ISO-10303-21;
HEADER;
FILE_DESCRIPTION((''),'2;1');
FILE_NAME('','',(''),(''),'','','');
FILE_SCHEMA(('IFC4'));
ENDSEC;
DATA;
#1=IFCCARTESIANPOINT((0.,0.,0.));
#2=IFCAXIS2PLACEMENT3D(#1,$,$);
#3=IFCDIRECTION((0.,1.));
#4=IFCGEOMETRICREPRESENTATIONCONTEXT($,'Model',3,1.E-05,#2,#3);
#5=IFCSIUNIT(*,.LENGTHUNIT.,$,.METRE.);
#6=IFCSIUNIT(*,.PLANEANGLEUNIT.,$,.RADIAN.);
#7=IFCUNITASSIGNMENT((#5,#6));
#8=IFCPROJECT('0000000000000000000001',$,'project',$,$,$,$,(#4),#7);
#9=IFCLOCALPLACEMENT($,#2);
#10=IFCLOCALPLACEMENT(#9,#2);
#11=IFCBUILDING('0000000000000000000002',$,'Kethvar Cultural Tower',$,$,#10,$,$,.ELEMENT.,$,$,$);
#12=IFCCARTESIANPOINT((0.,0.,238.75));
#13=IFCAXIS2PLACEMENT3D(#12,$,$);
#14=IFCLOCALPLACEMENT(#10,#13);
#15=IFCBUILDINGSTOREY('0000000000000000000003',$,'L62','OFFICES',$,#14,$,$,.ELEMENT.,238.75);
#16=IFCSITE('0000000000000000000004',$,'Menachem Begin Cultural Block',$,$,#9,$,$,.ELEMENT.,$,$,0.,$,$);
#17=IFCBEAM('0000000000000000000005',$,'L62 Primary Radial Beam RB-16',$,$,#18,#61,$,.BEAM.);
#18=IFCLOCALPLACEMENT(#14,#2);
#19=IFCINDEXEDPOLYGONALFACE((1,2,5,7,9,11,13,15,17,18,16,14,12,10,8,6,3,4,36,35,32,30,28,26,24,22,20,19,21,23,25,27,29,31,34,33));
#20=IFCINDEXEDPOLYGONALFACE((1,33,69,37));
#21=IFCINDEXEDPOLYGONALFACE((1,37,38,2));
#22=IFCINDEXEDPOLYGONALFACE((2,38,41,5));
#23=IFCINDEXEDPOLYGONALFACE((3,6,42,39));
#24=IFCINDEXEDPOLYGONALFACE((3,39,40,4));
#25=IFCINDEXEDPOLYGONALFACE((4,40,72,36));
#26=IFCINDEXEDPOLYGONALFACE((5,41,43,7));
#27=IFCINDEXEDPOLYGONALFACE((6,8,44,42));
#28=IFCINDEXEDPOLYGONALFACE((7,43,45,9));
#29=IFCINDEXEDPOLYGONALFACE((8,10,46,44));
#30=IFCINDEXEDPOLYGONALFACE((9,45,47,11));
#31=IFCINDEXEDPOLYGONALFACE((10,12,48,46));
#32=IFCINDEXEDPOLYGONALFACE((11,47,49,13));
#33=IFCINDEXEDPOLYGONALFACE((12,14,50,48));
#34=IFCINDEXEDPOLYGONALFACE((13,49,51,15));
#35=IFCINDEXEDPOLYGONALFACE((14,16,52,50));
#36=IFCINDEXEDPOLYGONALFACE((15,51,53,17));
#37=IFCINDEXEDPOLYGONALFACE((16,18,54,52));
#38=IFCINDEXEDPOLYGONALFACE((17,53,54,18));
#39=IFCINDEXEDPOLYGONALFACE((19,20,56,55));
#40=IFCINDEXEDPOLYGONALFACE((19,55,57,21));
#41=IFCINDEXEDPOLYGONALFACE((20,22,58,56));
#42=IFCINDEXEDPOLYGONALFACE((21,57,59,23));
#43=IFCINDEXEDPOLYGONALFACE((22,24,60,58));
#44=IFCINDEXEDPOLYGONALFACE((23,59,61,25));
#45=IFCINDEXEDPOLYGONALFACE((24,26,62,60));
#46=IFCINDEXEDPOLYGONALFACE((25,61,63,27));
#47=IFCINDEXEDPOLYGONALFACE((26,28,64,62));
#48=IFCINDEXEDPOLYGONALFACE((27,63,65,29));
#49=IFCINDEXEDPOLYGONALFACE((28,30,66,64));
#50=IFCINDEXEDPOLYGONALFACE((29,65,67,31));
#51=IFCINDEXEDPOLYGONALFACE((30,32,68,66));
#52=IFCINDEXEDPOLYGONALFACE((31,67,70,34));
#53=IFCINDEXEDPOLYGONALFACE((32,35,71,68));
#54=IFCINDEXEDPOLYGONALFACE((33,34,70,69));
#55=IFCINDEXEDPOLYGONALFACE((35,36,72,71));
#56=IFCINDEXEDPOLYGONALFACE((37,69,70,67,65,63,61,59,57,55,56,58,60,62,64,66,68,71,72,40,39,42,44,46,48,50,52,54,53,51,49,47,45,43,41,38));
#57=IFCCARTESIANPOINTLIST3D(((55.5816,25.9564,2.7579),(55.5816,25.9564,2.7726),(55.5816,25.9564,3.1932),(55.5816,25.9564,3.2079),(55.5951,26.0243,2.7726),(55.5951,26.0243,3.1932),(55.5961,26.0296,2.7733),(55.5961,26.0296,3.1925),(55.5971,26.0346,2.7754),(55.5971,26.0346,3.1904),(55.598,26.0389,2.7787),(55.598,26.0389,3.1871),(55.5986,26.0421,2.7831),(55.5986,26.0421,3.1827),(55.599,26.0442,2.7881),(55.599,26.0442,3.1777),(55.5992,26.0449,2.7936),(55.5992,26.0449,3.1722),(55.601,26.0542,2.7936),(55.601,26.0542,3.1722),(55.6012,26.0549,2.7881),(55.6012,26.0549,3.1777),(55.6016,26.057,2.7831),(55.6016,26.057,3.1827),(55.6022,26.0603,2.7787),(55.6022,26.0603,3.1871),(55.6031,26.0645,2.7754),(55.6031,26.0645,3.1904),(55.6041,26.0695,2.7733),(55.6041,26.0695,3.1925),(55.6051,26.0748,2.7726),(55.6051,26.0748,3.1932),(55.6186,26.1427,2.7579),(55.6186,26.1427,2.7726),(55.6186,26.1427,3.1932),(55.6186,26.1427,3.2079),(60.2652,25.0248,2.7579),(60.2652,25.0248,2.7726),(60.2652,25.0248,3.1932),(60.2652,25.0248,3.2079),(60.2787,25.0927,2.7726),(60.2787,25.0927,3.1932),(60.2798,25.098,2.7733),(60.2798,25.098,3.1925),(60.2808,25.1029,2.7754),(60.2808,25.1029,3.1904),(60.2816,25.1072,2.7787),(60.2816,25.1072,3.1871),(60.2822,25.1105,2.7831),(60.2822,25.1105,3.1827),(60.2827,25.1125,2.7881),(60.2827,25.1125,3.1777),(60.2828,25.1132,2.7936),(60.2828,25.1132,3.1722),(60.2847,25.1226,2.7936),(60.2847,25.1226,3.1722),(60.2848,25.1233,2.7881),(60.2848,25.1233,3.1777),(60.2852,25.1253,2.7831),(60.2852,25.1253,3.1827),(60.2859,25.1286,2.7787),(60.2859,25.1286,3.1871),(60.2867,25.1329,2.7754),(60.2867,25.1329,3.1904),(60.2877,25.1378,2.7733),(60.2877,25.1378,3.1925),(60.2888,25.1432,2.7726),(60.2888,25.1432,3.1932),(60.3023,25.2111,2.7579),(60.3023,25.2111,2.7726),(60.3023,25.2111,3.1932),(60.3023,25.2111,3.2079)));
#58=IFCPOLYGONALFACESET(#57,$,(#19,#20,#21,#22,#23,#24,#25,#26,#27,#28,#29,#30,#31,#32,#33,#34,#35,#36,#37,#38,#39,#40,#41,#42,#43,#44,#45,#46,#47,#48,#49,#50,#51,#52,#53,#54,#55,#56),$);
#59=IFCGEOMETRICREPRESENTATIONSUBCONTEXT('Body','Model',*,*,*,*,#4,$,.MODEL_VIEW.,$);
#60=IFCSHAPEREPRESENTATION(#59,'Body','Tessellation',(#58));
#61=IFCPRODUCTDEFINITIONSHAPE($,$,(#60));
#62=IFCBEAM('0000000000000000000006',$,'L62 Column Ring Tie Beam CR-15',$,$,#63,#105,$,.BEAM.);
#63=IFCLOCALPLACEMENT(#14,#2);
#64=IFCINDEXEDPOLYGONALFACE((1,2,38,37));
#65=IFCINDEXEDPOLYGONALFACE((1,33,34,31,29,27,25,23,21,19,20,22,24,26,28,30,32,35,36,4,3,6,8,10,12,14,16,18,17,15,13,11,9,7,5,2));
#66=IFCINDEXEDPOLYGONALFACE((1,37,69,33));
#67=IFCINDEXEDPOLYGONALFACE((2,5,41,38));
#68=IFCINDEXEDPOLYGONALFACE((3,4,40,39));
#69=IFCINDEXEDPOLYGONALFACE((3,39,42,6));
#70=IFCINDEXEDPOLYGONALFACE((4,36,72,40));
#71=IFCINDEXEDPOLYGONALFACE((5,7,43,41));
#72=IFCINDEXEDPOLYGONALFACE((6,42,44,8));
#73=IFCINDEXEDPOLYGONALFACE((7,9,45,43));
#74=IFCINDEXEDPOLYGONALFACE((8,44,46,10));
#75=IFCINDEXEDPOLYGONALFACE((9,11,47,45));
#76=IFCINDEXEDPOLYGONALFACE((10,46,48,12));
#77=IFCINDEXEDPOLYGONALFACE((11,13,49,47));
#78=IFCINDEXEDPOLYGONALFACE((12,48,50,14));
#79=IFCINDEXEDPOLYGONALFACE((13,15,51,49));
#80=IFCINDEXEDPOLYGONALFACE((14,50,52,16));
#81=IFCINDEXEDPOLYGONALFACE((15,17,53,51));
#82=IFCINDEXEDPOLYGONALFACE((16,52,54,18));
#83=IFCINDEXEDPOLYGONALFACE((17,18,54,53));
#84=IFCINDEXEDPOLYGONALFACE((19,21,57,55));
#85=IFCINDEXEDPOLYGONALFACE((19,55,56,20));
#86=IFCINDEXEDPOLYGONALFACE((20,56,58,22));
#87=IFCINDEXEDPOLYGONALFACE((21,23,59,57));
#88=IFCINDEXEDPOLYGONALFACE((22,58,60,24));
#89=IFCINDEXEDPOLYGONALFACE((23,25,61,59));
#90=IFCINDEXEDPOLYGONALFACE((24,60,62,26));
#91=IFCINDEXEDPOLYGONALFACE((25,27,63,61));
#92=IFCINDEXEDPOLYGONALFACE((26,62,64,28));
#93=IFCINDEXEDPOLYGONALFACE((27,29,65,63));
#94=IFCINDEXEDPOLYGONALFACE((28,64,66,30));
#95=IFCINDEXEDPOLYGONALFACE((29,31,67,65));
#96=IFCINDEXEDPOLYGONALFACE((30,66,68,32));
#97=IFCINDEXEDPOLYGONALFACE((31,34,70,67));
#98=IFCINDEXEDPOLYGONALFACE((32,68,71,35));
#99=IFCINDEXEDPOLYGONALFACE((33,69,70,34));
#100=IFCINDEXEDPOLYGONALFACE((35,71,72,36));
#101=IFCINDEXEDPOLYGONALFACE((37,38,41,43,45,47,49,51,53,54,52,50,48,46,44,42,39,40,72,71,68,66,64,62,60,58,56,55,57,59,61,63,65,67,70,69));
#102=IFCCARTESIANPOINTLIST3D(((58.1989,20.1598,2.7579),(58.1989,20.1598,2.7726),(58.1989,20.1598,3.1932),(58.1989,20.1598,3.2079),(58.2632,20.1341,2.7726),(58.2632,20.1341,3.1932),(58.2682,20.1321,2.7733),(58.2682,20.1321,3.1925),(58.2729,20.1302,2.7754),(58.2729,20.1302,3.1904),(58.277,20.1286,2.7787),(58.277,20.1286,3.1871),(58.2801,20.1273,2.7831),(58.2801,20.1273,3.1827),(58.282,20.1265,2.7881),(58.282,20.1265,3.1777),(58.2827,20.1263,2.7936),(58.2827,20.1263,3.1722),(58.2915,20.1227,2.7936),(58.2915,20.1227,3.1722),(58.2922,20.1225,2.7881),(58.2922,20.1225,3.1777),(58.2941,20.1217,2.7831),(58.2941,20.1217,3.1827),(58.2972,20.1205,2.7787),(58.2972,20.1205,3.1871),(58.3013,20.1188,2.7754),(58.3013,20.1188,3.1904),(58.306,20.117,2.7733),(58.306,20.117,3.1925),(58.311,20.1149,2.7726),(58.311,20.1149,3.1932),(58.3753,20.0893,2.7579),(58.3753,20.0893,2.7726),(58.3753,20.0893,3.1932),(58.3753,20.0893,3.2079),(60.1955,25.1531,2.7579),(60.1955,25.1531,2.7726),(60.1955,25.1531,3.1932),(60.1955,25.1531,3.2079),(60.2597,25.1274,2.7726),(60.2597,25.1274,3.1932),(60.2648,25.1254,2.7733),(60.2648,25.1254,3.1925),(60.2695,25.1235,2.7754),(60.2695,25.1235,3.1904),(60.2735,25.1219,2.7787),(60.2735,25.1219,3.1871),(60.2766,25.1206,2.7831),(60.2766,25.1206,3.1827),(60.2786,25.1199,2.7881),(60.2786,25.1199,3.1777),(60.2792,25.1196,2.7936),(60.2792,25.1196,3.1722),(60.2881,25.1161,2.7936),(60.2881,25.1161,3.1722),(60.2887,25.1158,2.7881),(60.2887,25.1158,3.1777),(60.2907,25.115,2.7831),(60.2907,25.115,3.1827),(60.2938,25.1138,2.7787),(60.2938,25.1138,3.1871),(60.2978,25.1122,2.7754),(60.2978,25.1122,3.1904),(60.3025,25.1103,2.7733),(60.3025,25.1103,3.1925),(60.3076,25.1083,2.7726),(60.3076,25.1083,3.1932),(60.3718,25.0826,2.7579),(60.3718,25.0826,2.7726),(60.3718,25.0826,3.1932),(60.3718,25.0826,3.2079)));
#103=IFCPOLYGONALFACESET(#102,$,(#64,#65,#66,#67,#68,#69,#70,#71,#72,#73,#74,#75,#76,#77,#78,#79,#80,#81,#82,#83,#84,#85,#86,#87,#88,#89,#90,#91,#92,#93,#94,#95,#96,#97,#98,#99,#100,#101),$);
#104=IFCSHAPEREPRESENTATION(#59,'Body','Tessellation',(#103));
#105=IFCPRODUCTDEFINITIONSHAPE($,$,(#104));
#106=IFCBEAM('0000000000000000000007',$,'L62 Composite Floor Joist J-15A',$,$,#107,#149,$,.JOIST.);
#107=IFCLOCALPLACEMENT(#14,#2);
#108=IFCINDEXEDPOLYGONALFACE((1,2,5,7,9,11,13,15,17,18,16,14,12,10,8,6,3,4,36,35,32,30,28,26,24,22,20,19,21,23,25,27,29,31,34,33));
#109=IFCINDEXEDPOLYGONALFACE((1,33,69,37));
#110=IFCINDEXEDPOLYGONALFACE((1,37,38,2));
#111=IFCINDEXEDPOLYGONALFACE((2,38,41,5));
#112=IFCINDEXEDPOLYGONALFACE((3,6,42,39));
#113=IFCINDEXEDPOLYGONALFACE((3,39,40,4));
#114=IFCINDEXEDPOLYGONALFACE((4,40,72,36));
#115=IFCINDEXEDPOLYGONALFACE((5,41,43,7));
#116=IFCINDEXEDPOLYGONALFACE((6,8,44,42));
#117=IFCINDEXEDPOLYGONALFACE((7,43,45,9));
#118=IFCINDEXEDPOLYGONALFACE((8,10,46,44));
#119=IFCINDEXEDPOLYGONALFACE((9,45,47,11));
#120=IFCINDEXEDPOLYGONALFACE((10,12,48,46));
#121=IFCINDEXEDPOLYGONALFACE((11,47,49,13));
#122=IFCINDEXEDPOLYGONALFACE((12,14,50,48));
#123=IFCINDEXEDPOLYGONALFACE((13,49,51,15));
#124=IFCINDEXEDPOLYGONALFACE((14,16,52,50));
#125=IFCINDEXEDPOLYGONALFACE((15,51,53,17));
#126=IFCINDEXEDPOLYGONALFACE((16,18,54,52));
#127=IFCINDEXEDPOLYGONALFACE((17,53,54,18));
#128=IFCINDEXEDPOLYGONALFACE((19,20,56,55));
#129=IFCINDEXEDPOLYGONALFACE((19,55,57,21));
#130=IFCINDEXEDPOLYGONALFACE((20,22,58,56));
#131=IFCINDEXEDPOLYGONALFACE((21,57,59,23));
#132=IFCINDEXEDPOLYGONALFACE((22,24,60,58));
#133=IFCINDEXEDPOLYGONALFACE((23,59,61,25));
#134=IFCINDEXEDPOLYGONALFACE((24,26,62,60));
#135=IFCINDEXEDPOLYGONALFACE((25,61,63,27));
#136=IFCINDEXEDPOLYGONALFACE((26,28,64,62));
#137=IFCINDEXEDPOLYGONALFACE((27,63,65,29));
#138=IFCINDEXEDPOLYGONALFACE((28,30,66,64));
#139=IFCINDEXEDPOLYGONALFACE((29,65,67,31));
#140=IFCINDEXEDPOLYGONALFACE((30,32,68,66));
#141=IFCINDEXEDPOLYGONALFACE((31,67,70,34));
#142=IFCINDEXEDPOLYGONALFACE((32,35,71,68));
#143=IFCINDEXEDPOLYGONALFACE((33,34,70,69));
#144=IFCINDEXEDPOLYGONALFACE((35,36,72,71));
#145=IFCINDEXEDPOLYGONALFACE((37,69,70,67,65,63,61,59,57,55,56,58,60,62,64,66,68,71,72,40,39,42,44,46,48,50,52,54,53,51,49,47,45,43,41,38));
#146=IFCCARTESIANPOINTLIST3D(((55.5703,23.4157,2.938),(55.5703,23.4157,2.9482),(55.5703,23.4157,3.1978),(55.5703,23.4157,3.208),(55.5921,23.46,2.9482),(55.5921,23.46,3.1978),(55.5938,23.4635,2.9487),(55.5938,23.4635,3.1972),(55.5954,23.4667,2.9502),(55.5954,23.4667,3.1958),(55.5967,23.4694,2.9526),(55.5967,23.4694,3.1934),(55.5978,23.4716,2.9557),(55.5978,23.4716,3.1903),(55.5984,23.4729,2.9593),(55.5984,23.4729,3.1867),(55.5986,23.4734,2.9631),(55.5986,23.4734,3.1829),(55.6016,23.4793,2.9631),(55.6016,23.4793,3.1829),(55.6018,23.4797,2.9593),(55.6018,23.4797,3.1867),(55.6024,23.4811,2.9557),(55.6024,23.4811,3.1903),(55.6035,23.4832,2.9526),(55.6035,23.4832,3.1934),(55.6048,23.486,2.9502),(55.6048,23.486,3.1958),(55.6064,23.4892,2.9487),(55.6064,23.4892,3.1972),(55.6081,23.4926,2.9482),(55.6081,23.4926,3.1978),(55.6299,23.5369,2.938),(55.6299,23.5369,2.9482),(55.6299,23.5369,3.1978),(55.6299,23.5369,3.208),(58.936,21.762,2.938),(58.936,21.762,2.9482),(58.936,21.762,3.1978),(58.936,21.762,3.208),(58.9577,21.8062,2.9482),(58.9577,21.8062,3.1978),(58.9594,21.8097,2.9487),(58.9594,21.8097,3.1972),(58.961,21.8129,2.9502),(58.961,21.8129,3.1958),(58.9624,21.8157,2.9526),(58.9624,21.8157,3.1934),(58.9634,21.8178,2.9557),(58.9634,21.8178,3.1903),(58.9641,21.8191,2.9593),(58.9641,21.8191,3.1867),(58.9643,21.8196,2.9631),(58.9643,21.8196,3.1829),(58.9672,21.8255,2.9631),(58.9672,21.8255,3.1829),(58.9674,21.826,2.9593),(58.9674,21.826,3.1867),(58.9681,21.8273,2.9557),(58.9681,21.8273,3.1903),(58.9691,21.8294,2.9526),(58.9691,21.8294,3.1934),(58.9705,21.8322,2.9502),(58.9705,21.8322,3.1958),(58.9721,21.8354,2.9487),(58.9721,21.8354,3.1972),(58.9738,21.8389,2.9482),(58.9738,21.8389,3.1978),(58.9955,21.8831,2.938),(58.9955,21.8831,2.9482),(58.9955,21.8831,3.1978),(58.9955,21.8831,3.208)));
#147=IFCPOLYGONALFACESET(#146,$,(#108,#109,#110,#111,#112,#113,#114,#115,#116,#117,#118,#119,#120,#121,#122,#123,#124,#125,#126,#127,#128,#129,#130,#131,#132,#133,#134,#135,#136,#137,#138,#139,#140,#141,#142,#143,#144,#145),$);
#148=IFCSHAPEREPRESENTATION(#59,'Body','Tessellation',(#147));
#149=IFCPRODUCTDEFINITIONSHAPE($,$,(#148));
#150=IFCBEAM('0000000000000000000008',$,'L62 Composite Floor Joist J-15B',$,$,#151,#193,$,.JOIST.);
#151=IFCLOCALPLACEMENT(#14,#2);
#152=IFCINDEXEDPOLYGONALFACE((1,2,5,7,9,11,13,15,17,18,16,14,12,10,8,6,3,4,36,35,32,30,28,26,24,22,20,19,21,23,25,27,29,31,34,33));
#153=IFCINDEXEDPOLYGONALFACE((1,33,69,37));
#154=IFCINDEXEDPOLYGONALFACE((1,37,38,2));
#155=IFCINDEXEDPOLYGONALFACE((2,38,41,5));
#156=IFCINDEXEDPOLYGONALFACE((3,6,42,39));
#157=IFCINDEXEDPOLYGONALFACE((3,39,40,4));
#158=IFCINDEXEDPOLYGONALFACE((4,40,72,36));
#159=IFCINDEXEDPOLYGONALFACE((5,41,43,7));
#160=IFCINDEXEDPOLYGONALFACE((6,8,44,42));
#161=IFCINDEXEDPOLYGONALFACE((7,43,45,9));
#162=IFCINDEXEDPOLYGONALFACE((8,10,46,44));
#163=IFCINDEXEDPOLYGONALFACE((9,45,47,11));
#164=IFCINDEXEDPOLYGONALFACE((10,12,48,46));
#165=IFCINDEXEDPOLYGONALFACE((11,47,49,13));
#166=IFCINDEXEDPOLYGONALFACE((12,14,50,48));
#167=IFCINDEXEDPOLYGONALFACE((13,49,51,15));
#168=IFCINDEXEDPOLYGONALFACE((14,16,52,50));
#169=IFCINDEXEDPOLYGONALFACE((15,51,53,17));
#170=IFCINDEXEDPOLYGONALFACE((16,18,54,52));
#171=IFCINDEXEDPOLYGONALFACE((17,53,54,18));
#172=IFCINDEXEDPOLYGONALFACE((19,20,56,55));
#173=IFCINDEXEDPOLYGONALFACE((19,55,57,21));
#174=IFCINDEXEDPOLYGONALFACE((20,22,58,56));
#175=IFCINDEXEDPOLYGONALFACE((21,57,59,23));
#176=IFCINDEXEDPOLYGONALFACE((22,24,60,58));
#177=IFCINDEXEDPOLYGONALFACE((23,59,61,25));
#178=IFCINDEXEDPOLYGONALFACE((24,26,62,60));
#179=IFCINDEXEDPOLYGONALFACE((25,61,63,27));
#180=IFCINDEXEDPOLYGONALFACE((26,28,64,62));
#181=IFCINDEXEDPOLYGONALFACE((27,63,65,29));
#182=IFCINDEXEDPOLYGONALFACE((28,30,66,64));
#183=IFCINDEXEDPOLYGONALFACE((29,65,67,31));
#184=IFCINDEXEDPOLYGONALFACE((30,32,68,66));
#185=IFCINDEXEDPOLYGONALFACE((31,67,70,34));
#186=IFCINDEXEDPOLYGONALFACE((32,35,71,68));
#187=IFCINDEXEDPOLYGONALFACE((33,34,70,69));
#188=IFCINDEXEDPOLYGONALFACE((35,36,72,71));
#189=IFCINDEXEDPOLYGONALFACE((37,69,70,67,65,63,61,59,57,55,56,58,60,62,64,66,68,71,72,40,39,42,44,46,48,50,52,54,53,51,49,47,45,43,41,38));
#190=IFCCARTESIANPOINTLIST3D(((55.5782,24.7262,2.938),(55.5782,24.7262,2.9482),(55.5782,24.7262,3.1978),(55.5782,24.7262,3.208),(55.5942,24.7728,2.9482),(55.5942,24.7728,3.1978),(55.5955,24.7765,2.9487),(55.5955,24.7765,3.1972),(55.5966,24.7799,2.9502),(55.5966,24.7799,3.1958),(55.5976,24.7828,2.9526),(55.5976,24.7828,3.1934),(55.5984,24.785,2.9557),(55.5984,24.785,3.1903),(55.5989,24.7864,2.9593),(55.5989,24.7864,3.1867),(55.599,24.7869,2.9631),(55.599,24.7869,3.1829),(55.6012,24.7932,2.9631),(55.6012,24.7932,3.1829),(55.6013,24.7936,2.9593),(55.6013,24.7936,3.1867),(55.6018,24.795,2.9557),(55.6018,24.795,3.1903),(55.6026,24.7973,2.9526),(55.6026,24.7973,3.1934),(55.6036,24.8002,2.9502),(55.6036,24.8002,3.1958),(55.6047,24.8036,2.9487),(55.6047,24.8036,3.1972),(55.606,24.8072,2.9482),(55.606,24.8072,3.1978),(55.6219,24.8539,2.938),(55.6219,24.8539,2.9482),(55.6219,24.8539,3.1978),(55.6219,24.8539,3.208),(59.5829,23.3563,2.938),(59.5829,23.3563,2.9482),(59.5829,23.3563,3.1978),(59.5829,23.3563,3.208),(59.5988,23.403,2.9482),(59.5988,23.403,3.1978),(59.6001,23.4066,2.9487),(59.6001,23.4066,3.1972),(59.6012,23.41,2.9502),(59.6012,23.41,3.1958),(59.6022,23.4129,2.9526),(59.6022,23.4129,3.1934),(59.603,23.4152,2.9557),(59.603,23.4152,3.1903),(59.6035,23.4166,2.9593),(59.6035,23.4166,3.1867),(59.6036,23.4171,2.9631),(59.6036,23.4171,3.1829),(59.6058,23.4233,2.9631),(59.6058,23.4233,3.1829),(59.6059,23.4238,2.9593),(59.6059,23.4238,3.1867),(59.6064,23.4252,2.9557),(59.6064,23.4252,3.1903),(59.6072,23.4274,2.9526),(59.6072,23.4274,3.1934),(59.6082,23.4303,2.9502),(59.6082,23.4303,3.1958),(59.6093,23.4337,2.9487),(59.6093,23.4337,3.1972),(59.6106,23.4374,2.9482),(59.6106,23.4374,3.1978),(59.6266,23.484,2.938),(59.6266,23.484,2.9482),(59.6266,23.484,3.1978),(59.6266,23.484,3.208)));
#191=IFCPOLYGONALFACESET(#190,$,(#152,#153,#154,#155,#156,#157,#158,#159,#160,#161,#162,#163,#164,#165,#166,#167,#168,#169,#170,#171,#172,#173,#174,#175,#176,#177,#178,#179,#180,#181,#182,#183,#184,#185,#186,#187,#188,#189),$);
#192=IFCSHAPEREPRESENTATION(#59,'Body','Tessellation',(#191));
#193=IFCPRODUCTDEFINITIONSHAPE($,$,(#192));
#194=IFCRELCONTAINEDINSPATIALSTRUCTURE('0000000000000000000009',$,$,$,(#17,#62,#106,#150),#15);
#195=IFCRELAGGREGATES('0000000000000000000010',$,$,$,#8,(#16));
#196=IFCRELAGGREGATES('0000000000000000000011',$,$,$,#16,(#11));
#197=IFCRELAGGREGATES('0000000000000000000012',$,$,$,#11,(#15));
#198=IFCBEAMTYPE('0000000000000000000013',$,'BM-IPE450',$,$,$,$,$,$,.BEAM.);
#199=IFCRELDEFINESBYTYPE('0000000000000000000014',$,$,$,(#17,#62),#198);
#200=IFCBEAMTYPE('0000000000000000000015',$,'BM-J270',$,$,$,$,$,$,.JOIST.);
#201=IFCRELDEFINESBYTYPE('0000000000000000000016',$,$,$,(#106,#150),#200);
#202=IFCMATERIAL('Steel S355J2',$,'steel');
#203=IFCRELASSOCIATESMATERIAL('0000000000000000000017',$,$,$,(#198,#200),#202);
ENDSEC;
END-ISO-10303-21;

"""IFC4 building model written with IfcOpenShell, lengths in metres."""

from ifc_helpers import new_model, si_unit, direction, frame, origin, origin_2d, place, context, subcontext, project, spatial, i_section, extrude, source, transform, mapped, material, material_profile, profile_set, type_object, element, save


model = new_model("IFC4")

# Units and contexts
model_context = context("Model", 3, precision=1e-05, world=origin(), true_north=direction((0.0, 1.0)))
body_context = subcontext(model_context, "Body", "Model", "MODEL_VIEW")
ifc_project = project(units=[si_unit("LENGTHUNIT", "METRE"), si_unit("PLANEANGLEUNIT", "RADIAN")], contexts=[model_context])

# Site, building, storey
site_placement = place(None, origin())
site = spatial("IfcSite", under=ifc_project, at=site_placement, Name="Menachem Begin Cultural Block", CompositionType="ELEMENT", RefElevation=0.0)
building_placement = place(site_placement, origin())
building = spatial("IfcBuilding", under=site, at=building_placement, Name="Kethvar Cultural Tower", CompositionType="ELEMENT")
storey_placement = place(building_placement, frame((0.0, 0.0, 238.75)))
storey = spatial("IfcBuildingStorey", under=building, at=storey_placement, Name="L62", Description="OFFICES", CompositionType="ELEMENT", Elevation=238.75)

# Beams
ifc_material_1 = material(Name="Steel S355J2", Category="steel")
ifc_material_profile_1 = material_profile(ifc_material_1, i_section(OverallWidth=0.1899, OverallDepth=0.45, WebThickness=0.0095, FlangeThickness=0.0146, FilletRadius=0.021, at=origin_2d()), Name="Steel S355J2 — IPE450")
ifc_profile_set_1 = profile_set([ifc_material_profile_1], Name="Steel S355J2 — IPE450")
beam_type_1 = type_object("IfcBeamType", Name="BM-IPE450", PredefinedType="BEAM", material=ifc_profile_set_1)
shared_shape_1 = source(origin(), body_context, "Body", "SweptSolid", [
    extrude(i_section(OverallWidth=0.1899, OverallDepth=0.45, WebThickness=0.0095, FlangeThickness=0.0146, FilletRadius=0.021, at=origin_2d()), origin(), (0.0, 0.0, 1.0), 4.7754),
])
beam_1_placement = place(storey_placement, frame((55.6001, 26.0496, 2.9829), z_axis=(0.980785, -0.195094, 0.0), x_axis=(0.195094, 0.980785, 0.0)))
element("IfcBeam", 1, at=beam_1_placement, inside=storey, type_object=beam_type_1, Name="L62 Primary Radial Beam RB-16", PredefinedType="BEAM", context=body_context, shape_type="MappedRepresentation", body=[
    mapped(shared_shape_1, transform((0.0, 0.0, 0.0), scale=1.0)),
])
shared_shape_2 = source(origin(), body_context, "Body", "SweptSolid", [
    extrude(i_section(OverallWidth=0.1899, OverallDepth=0.45, WebThickness=0.0095, FlangeThickness=0.0146, FilletRadius=0.021, at=origin_2d()), origin(), (0.0, 0.0, 1.0), 5.3777),
])
beam_2_placement = place(storey_placement, frame((58.2871, 20.1245, 2.9829), z_axis=(0.371265, 0.928527, 0.0), x_axis=(-0.928527, 0.371265, 0.0)))
element("IfcBeam", 2, at=beam_2_placement, inside=storey, type_object=beam_type_1, Name="L62 Column Ring Tie Beam CR-15", PredefinedType="BEAM", context=body_context, shape_type="MappedRepresentation", body=[
    mapped(shared_shape_2, transform((0.0, 0.0, 0.0), scale=1.0)),
])
ifc_material_profile_2 = material_profile(ifc_material_1, i_section(OverallWidth=0.135, OverallDepth=0.27, WebThickness=0.0066, FlangeThickness=0.0103, FilletRadius=0.0149, at=origin_2d()), Name="Steel S355J2 — IPE270")
ifc_profile_set_2 = profile_set([ifc_material_profile_2], Name="Steel S355J2 — IPE270")
beam_type_2 = type_object("IfcBeamType", Name="BM-J270", PredefinedType="JOIST", material=ifc_profile_set_2)
shared_shape_3 = source(origin(), body_context, "Body", "SweptSolid", [
    extrude(i_section(OverallWidth=0.135, OverallDepth=0.27, WebThickness=0.0066, FlangeThickness=0.0103, FilletRadius=0.0149, at=origin_2d()), origin(), (0.0, 0.0, 1.0), 3.75),
])
beam_3_placement = place(storey_placement, frame((55.6001, 23.4763, 3.073), z_axis=(0.897505, -0.441005, 0.0), x_axis=(0.441005, 0.897505, 0.0)))
element("IfcBeam", 3, at=beam_3_placement, inside=storey, type_object=beam_type_2, Name="L62 Composite Floor Joist J-15A", PredefinedType="JOIST", context=body_context, shape_type="MappedRepresentation", body=[
    mapped(shared_shape_3, transform((0.0, 0.0, 0.0), scale=1.0)),
])
shared_shape_4 = source(origin(), body_context, "Body", "SweptSolid", [
    extrude(i_section(OverallWidth=0.135, OverallDepth=0.27, WebThickness=0.0066, FlangeThickness=0.0103, FilletRadius=0.0149, at=origin_2d()), origin(), (0.0, 0.0, 1.0), 4.2324),
])
beam_4_placement = place(storey_placement, frame((55.6001, 24.79, 3.073), z_axis=(0.946174, -0.323659, 0.0), x_axis=(0.323659, 0.946174, 0.0)))
element("IfcBeam", 4, at=beam_4_placement, inside=storey, type_object=beam_type_2, Name="L62 Composite Floor Joist J-15B", PredefinedType="JOIST", context=body_context, shape_type="MappedRepresentation", body=[
    mapped(shared_shape_4, transform((0.0, 0.0, 0.0), scale=1.0)),
])

save(model, "model.ifc")
